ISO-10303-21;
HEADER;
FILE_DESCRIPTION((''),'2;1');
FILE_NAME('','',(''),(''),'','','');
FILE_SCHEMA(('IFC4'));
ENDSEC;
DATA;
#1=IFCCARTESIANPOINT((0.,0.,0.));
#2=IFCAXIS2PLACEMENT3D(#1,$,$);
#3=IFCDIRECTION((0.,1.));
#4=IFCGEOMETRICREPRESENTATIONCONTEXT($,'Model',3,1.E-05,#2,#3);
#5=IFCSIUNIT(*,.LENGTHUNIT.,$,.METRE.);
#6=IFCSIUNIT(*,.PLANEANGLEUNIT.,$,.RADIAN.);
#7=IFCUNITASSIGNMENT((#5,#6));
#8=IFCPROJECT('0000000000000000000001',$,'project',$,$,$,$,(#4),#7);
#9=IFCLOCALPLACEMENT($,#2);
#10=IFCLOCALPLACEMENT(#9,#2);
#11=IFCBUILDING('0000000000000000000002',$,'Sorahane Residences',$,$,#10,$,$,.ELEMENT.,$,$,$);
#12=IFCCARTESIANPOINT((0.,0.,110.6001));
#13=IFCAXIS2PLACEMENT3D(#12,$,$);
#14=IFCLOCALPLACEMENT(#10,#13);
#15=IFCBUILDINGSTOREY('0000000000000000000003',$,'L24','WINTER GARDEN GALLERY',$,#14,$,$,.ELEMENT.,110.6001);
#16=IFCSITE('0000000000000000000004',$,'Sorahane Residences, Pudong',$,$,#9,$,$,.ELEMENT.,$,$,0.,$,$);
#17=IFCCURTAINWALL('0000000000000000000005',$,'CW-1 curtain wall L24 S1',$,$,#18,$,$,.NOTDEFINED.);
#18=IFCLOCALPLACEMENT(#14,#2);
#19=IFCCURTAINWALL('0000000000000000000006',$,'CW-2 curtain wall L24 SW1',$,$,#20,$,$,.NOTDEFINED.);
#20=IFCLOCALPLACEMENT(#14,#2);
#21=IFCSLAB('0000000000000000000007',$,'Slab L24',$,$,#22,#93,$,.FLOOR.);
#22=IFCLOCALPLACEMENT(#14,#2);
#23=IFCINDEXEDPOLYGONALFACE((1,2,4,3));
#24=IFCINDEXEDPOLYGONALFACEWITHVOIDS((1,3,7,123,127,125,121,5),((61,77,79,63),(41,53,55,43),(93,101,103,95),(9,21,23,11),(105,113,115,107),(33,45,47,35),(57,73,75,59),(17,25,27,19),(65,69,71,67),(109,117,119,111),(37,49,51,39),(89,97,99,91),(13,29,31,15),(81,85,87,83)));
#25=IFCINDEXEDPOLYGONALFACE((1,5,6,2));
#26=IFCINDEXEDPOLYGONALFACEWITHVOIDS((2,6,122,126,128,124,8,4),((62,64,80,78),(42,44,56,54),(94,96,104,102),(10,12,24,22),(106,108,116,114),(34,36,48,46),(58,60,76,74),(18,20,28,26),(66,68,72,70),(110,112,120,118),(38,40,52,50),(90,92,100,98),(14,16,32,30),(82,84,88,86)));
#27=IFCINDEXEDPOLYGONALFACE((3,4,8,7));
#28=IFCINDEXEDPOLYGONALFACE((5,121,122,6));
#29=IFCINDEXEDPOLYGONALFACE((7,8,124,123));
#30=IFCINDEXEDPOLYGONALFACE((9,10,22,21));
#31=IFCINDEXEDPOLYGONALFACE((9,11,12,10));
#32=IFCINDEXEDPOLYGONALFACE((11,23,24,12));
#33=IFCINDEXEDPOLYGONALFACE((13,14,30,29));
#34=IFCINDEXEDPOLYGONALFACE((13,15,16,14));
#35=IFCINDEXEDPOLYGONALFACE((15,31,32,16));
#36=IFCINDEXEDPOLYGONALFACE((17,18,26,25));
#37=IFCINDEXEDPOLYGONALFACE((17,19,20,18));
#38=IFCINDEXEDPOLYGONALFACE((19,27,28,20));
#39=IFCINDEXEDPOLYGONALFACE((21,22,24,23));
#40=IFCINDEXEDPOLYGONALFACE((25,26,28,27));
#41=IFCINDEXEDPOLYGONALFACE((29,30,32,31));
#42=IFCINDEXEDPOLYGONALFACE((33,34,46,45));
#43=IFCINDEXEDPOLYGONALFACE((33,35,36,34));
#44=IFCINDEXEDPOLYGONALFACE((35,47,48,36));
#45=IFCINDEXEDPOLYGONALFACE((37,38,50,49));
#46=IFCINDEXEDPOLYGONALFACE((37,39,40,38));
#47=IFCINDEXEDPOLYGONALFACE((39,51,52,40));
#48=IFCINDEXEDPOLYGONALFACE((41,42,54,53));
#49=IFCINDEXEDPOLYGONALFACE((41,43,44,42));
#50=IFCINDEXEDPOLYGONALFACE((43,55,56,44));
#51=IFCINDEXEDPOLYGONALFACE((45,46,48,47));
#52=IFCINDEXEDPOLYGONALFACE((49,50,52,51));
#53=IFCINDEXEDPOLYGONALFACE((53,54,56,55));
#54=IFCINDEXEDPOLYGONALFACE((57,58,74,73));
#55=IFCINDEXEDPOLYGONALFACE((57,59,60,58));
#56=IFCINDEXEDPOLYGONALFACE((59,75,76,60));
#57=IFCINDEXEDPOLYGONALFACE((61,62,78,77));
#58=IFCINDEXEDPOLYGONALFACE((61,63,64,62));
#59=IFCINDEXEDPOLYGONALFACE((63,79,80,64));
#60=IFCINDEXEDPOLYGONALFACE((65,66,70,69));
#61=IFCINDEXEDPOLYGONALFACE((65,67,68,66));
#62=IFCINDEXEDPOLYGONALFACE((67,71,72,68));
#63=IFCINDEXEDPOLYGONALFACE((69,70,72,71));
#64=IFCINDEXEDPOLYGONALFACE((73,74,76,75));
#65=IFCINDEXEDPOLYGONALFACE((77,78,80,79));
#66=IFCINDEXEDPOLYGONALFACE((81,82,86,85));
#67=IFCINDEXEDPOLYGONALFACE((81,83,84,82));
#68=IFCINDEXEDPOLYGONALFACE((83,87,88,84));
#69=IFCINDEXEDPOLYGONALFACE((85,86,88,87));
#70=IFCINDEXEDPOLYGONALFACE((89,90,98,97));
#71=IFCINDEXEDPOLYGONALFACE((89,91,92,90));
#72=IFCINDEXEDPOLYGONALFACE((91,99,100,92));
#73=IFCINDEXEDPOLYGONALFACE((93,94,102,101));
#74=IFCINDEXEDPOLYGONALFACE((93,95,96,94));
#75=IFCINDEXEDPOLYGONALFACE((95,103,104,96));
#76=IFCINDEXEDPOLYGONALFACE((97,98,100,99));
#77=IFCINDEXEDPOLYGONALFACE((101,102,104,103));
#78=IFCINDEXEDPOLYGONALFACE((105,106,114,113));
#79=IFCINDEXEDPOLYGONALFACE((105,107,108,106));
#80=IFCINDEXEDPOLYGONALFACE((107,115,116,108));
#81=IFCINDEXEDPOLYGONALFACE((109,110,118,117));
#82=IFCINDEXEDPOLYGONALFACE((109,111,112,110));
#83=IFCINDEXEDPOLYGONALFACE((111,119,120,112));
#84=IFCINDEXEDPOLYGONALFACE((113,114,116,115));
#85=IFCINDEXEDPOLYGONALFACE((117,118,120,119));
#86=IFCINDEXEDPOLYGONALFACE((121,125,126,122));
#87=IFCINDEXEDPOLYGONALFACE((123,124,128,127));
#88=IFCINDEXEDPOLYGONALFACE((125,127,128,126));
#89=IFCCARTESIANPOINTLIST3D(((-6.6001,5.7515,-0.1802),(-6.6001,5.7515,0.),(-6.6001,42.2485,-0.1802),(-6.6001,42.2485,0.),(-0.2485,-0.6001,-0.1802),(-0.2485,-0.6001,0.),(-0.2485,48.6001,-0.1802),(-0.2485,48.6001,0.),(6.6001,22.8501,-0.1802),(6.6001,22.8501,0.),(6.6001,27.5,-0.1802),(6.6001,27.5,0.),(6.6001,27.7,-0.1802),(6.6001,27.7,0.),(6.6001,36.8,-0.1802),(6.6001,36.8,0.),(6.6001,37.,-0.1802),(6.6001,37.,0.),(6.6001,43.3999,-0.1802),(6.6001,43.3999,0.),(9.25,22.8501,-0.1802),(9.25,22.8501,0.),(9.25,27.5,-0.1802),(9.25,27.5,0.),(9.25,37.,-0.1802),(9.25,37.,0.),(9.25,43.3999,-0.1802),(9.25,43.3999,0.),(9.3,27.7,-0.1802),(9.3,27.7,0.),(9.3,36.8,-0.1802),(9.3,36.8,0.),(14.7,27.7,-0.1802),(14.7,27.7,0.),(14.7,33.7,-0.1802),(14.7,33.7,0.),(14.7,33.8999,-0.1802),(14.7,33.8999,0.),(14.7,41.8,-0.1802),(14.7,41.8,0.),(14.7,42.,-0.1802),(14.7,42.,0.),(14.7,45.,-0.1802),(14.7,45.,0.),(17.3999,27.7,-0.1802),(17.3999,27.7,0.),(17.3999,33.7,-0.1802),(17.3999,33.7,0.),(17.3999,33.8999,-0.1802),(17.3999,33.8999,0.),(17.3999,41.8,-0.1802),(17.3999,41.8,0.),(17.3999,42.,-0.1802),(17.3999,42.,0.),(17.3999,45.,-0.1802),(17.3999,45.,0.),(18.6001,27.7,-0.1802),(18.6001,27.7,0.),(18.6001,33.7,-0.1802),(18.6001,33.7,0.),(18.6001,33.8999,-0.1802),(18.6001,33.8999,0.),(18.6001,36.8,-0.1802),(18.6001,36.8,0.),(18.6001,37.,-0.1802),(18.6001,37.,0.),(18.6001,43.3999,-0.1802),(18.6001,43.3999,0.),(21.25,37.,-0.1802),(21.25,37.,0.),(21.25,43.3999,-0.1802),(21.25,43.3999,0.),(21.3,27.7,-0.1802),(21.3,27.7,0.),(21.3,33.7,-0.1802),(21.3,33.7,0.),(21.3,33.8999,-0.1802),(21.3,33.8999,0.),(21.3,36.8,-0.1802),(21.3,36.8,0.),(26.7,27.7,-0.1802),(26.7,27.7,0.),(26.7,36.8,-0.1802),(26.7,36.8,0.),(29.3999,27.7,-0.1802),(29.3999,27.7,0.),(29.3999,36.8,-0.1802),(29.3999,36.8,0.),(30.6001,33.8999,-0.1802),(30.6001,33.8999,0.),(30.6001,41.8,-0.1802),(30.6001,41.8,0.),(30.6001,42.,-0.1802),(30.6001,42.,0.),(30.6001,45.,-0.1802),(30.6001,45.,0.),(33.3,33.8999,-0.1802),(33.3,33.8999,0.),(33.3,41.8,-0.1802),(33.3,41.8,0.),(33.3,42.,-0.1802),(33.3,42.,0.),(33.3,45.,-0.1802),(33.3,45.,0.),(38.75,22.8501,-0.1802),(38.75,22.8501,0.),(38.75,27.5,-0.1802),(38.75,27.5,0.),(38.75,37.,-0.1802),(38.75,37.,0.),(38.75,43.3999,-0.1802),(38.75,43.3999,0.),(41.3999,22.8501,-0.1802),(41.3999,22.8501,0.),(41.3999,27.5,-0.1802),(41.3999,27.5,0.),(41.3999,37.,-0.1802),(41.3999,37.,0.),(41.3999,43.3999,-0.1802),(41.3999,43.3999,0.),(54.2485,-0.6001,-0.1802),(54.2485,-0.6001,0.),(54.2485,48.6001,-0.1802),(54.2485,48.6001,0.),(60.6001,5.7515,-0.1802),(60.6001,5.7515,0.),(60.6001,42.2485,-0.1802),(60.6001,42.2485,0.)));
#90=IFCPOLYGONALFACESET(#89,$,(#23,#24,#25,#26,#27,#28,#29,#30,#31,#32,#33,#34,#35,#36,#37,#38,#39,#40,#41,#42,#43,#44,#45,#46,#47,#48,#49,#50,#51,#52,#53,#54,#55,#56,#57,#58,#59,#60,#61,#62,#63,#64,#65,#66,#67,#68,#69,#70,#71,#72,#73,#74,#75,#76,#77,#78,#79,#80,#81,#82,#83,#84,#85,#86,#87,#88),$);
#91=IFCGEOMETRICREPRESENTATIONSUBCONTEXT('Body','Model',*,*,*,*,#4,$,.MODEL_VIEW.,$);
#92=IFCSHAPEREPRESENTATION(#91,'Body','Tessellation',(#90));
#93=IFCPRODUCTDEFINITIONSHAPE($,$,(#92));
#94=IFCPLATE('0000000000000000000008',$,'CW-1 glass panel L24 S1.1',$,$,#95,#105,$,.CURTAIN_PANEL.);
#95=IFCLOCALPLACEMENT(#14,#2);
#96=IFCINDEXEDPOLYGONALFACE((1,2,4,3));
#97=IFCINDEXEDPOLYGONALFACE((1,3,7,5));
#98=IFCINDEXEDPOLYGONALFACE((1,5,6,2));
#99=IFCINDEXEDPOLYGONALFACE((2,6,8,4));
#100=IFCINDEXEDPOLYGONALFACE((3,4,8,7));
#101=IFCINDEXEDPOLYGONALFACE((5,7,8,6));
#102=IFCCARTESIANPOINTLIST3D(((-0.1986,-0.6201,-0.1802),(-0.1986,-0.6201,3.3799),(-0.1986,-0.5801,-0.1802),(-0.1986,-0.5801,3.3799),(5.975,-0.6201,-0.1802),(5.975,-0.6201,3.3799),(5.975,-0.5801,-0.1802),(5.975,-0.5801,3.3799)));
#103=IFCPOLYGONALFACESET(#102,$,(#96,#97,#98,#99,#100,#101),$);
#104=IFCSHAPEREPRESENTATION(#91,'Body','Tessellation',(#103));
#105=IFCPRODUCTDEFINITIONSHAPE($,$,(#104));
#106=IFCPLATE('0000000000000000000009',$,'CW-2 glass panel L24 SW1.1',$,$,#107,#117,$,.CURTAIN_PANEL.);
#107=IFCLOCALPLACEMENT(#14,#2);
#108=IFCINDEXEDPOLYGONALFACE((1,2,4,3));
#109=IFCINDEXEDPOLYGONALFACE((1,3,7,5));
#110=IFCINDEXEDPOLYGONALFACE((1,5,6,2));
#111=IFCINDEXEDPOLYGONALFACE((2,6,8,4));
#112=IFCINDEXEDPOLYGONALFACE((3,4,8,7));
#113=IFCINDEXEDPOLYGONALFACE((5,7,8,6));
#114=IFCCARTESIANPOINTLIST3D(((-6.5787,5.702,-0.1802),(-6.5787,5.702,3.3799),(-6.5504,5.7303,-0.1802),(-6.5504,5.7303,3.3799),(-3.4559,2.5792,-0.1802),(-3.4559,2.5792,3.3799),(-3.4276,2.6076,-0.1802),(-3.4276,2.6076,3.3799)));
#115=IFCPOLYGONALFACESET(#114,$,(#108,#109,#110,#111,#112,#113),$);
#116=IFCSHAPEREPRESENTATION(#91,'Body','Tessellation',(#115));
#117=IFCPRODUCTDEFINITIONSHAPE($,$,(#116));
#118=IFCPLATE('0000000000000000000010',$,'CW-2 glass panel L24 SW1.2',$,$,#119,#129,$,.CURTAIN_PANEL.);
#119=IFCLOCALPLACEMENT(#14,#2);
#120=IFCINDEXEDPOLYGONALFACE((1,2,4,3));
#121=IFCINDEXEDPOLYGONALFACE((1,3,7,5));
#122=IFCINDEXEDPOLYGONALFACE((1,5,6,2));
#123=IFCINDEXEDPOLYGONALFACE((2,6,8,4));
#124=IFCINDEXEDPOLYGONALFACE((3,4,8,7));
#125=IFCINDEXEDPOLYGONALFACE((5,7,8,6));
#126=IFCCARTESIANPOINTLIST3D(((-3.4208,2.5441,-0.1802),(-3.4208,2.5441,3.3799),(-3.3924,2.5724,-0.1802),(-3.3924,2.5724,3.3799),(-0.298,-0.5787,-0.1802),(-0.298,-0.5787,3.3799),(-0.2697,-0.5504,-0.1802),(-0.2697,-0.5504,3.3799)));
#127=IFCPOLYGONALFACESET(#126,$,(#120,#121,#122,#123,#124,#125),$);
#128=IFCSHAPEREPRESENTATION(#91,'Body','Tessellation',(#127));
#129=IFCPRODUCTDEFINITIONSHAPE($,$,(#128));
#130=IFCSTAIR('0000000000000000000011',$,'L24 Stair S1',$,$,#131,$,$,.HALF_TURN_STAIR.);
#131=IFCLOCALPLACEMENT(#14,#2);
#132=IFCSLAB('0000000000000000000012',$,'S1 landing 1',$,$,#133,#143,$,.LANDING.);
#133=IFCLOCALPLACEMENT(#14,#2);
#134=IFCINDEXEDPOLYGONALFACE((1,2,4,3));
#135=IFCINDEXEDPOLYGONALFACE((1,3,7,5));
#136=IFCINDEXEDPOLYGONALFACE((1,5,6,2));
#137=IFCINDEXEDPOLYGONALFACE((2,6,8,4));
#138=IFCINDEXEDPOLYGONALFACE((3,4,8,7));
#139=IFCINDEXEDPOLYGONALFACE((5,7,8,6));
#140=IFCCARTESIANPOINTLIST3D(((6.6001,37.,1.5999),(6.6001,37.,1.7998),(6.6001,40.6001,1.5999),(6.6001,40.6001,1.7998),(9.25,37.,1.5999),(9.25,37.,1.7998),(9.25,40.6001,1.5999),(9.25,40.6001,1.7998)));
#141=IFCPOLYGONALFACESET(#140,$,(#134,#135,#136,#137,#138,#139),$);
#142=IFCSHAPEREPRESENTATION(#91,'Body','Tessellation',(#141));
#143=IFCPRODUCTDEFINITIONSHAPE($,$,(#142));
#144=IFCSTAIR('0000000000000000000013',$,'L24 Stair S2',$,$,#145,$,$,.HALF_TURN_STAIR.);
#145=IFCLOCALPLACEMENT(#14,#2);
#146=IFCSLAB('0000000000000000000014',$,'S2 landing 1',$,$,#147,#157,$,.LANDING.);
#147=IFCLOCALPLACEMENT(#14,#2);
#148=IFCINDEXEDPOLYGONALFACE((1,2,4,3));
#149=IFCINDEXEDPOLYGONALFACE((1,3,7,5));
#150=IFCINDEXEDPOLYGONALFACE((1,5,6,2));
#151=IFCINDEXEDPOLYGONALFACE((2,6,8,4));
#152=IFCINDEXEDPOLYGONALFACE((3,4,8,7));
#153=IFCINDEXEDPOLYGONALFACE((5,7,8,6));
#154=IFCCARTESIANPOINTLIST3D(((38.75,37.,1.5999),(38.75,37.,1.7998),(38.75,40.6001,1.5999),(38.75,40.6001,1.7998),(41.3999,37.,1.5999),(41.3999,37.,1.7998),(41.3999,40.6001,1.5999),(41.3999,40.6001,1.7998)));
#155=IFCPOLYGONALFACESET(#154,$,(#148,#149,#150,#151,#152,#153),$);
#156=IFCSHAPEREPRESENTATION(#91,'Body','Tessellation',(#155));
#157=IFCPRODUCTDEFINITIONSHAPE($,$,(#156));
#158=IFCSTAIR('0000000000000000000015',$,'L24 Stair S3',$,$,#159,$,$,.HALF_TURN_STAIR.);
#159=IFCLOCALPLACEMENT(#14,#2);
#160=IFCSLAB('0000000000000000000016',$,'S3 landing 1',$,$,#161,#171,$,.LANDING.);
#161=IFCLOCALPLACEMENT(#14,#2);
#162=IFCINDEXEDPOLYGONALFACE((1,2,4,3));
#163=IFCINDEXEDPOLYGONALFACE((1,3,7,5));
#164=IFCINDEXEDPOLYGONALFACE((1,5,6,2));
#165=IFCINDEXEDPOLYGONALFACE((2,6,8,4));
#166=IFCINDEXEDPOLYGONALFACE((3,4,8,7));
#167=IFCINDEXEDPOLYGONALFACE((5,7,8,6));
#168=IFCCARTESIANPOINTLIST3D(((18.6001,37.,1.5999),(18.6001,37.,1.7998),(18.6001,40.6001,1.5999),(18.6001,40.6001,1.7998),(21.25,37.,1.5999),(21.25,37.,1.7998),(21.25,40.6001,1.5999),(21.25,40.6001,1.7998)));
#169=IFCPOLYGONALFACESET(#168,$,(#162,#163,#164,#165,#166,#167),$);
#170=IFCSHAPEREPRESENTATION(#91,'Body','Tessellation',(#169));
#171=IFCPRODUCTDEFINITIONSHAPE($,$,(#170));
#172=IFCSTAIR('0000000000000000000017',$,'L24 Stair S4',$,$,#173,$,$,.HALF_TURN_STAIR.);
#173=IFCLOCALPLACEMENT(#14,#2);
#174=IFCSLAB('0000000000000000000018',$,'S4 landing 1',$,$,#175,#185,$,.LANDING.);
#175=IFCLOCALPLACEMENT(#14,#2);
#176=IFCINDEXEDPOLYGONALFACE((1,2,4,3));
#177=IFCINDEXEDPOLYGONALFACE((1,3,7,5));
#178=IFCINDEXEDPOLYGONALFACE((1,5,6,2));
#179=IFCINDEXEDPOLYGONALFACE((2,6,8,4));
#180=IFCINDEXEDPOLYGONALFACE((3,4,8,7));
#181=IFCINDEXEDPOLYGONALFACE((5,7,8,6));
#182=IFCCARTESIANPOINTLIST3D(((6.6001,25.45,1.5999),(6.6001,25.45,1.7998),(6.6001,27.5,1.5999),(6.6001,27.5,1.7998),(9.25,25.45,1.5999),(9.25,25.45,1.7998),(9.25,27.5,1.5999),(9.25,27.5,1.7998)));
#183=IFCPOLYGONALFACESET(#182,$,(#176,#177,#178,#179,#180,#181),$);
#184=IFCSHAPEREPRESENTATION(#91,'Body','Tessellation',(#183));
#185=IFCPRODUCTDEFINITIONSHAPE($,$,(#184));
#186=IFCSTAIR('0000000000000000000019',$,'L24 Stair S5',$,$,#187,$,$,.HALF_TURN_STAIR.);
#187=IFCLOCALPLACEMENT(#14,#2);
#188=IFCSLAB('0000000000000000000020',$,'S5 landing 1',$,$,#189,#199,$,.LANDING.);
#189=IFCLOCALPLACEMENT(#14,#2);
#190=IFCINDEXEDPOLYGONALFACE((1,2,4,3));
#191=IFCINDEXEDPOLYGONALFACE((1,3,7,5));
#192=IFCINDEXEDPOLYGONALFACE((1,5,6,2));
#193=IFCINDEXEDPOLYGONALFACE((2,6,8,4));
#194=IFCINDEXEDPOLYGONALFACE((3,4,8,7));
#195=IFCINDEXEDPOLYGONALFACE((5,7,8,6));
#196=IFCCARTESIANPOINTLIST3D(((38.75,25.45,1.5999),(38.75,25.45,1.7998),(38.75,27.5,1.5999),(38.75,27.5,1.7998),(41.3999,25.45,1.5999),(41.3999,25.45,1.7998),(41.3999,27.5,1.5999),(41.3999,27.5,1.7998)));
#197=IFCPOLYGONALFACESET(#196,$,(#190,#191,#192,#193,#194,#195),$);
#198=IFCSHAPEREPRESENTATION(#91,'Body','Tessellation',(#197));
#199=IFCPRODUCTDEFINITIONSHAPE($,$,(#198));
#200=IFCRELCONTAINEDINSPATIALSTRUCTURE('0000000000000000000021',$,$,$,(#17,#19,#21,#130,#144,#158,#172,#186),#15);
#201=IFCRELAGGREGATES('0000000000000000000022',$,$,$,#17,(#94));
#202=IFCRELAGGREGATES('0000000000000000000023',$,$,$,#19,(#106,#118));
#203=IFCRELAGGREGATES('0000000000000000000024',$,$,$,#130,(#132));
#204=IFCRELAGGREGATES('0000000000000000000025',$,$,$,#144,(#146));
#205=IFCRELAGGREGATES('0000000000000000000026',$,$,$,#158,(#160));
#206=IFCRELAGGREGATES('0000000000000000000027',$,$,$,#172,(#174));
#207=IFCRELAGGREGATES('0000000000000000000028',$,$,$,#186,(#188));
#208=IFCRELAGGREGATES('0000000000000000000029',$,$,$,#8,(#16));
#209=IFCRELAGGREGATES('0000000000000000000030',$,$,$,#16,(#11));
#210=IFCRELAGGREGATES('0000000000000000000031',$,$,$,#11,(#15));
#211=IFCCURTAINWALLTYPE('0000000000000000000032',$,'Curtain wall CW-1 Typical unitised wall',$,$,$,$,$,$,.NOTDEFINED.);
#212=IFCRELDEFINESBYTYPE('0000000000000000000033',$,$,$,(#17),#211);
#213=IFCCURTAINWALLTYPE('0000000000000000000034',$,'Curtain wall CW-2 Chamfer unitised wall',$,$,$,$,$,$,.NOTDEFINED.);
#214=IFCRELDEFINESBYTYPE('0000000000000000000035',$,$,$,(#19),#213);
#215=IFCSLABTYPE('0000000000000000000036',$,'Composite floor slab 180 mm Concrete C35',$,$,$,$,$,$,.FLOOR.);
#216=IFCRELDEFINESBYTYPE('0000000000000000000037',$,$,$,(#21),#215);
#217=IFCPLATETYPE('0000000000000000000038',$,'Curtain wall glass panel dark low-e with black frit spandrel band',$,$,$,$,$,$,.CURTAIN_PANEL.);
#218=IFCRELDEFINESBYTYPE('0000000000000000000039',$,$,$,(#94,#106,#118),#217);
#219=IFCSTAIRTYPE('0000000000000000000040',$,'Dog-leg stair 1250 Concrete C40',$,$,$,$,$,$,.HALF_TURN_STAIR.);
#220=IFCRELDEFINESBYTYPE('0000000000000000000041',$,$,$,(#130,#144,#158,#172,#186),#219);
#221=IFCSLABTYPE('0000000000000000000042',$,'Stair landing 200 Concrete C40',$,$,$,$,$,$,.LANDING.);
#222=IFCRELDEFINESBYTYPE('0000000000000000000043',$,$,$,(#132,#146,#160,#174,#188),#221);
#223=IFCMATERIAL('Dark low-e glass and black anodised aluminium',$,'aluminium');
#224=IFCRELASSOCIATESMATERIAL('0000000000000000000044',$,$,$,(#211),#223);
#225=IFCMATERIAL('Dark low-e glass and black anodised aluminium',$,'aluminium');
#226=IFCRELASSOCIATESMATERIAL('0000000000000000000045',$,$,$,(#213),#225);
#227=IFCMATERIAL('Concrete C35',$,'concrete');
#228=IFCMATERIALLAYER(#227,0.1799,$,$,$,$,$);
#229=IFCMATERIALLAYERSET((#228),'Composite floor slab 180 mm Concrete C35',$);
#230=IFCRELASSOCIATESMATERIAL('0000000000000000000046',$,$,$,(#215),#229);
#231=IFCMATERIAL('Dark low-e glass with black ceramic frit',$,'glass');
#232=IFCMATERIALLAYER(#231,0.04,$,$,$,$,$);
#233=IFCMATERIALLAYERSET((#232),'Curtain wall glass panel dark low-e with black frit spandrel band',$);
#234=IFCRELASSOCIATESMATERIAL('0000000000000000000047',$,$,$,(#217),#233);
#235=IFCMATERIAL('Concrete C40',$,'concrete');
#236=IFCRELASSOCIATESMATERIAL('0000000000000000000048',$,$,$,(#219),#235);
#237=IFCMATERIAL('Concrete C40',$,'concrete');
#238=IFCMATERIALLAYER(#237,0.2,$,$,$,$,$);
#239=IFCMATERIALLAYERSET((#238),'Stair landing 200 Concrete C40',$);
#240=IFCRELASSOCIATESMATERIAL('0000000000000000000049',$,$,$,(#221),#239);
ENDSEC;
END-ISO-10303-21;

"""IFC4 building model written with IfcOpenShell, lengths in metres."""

from ifc_helpers import new_model, si_unit, direction, frame, origin, origin_2d, place, context, subcontext, project, spatial, polyline, rectangle, outline, extrude, material, layer, layer_set, type_object, element, aggregate, save


model = new_model("IFC4")

# Units and contexts
model_context = context("Model", 3, precision=1e-05, world=origin(), true_north=direction((0.0, 1.0)))
body_context = subcontext(model_context, "Body", "Model", "MODEL_VIEW")
ifc_project = project(units=[si_unit("LENGTHUNIT", "METRE"), si_unit("PLANEANGLEUNIT", "RADIAN")], contexts=[model_context])

# Site, building, storey
site_placement = place(None, origin())
site = spatial("IfcSite", under=ifc_project, at=site_placement, Name="Sorahane Residences, Pudong", CompositionType="ELEMENT", RefElevation=0.0)
building_placement = place(site_placement, origin())
building = spatial("IfcBuilding", under=site, at=building_placement, Name="Sorahane Residences", CompositionType="ELEMENT")
storey_placement = place(building_placement, frame((0.0, 0.0, 110.6001)))
storey = spatial("IfcBuildingStorey", under=building, at=storey_placement, Name="L24", Description="WINTER GARDEN GALLERY", CompositionType="ELEMENT", Elevation=110.6001)

# Curtain wall
ifc_material_1 = material(Name="Dark low-e glass and black anodised aluminium", Category="aluminium")
curtain_wall_type_1 = type_object("IfcCurtainWallType", Name="Curtain wall CW-1 Typical unitised wall", PredefinedType="NOTDEFINED", material=ifc_material_1)
curtain_wall_1_placement = place(storey_placement, origin())
curtain_wall_1 = element("IfcCurtainWall", 1, at=curtain_wall_1_placement, inside=storey, type_object=curtain_wall_type_1, Name="CW-1 curtain wall L24 S1", PredefinedType="NOTDEFINED")

# Curtain wall
ifc_material_2 = material(Name="Dark low-e glass and black anodised aluminium", Category="aluminium")
curtain_wall_type_2 = type_object("IfcCurtainWallType", Name="Curtain wall CW-2 Chamfer unitised wall", PredefinedType="NOTDEFINED", material=ifc_material_2)
curtain_wall_2_placement = place(storey_placement, origin())
curtain_wall_2 = element("IfcCurtainWall", 2, at=curtain_wall_2_placement, inside=storey, type_object=curtain_wall_type_2, Name="CW-2 curtain wall L24 SW1", PredefinedType="NOTDEFINED")

# Slab
ifc_material_3 = material(Name="Concrete C35", Category="concrete")
ifc_layer_1 = layer(ifc_material_3, 0.1799)
ifc_layer_set_1 = layer_set([ifc_layer_1], Name="Composite floor slab 180 mm Concrete C35")
slab_type_1 = type_object("IfcSlabType", Name="Composite floor slab 180 mm Concrete C35", PredefinedType="FLOOR", material=ifc_layer_set_1)
slab_1_placement = place(storey_placement, frame((0.0, 0.0, -0.1802)))
element("IfcSlab", 3, at=slab_1_placement, inside=storey, type_object=slab_type_1, Name="Slab L24", PredefinedType="FLOOR", context=body_context, shape_type="SweptSolid", body=[
    extrude(outline(polyline([(-0.2485, -0.6001), (-6.6001, 5.7515), (-6.6001, 42.2485), (-0.2485, 48.6001), (54.2485, 48.6001), (60.6001, 42.2485), (60.6001, 5.7515), (54.2485, -0.6001), (-0.2485, -0.6001)]), holes=[polyline([(18.6001, 27.7), (21.3, 27.7), (21.3, 33.7), (18.6001, 33.7), (18.6001, 27.7)]), polyline([(30.6001, 42.0), (33.3, 42.0), (33.3, 45.0), (30.6001, 45.0), (30.6001, 42.0)]), polyline([(14.7, 27.7), (17.3999, 27.7), (17.3999, 33.7), (14.7, 33.7), (14.7, 27.7)]), polyline([(14.7, 42.0), (17.3999, 42.0), (17.3999, 45.0), (14.7, 45.0), (14.7, 42.0)]), polyline([(6.6001, 27.7), (9.3, 27.7), (9.3, 36.8), (6.6001, 36.8), (6.6001, 27.7)]), polyline([(6.6001, 43.3999), (6.6001, 37.0), (9.25, 37.0), (9.25, 43.3999), (6.6001, 43.3999)]), polyline([(38.75, 43.3999), (38.75, 37.0), (41.3999, 37.0), (41.3999, 43.3999), (38.75, 43.3999)]), polyline([(18.6001, 43.3999), (18.6001, 37.0), (21.25, 37.0), (21.25, 43.3999), (18.6001, 43.3999)]), polyline([(9.25, 22.8501), (9.25, 27.5), (6.6001, 27.5), (6.6001, 22.8501), (9.25, 22.8501)]), polyline([(41.3999, 22.8501), (41.3999, 27.5), (38.75, 27.5), (38.75, 22.8501), (41.3999, 22.8501)]), polyline([(14.7, 33.8999), (17.3999, 33.8999), (17.3999, 41.8), (14.7, 41.8), (14.7, 33.8999)]), polyline([(30.6001, 33.8999), (33.3, 33.8999), (33.3, 41.8), (30.6001, 41.8), (30.6001, 33.8999)]), polyline([(18.6001, 33.8999), (21.3, 33.8999), (21.3, 36.8), (18.6001, 36.8), (18.6001, 33.8999)]), polyline([(26.7, 27.7), (29.3999, 27.7), (29.3999, 36.8), (26.7, 36.8), (26.7, 27.7)])]), origin(), (0.0, 0.0, 1.0), 0.1802),
])

# Plates
ifc_material_4 = material(Name="Dark low-e glass with black ceramic frit", Category="glass")
ifc_layer_2 = layer(ifc_material_4, 0.04)
ifc_layer_set_2 = layer_set([ifc_layer_2], Name="Curtain wall glass panel dark low-e with black frit spandrel band")
plate_type = type_object("IfcPlateType", Name="Curtain wall glass panel dark low-e with black frit spandrel band", PredefinedType="CURTAIN_PANEL", material=ifc_layer_set_2)
plate_1_placement = place(storey_placement, frame((2.8882, -0.6001, -0.1802), z_axis=(0.0, 0.0, 1.0), x_axis=(1.0, 0.0, 0.0)))
plate_1 = element("IfcPlate", 4, at=plate_1_placement, type_object=plate_type, Name="CW-1 glass panel L24 S1.1", PredefinedType="CURTAIN_PANEL", context=body_context, shape_type="SweptSolid", body=[
    extrude(rectangle(XDim=6.1736, YDim=0.04, at=origin_2d()), origin(), (0.0, 0.0, 1.0), 3.5601),
])
aggregate(curtain_wall_1, [plate_1])
plate_2_placement = place(storey_placement, frame((-5.0032, 4.1548, -0.1802), z_axis=(0.0, 0.0, 1.0), x_axis=(0.707107, -0.707107, 0.0)))
plate_2 = element("IfcPlate", 5, at=plate_2_placement, type_object=plate_type, Name="CW-2 glass panel L24 SW1.1", PredefinedType="CURTAIN_PANEL", context=body_context, shape_type="SweptSolid", body=[
    extrude(rectangle(XDim=4.4163, YDim=0.04, at=origin_2d()), origin(), (0.0, 0.0, 1.0), 3.5601),
])
plate_3_placement = place(storey_placement, frame((-1.8452, 0.9968, -0.1802), z_axis=(0.0, 0.0, 1.0), x_axis=(0.707107, -0.707107, 0.0)))
plate_3 = element("IfcPlate", 6, at=plate_3_placement, type_object=plate_type, Name="CW-2 glass panel L24 SW1.2", PredefinedType="CURTAIN_PANEL", context=body_context, shape_type="SweptSolid", body=[
    extrude(rectangle(XDim=4.4163, YDim=0.04, at=origin_2d()), origin(), (0.0, 0.0, 1.0), 3.5601),
])
aggregate(curtain_wall_2, [plate_2, plate_3])

# Stairs, slabs
ifc_material_5 = material(Name="Concrete C40", Category="concrete")
stair_type = type_object("IfcStairType", Name="Dog-leg stair 1250 Concrete C40", PredefinedType="HALF_TURN_STAIR", material=ifc_material_5)
stair_1_placement = place(storey_placement, origin())
stair_1 = element("IfcStair", 7, at=stair_1_placement, inside=storey, type_object=stair_type, Name="L24 Stair S1", PredefinedType="HALF_TURN_STAIR")
ifc_material_6 = material(Name="Concrete C40", Category="concrete")
ifc_layer_3 = layer(ifc_material_6, 0.2)
ifc_layer_set_3 = layer_set([ifc_layer_3], Name="Stair landing 200 Concrete C40")
slab_type_2 = type_object("IfcSlabType", Name="Stair landing 200 Concrete C40", PredefinedType="LANDING", material=ifc_layer_set_3)
slab_2_placement = place(storey_placement, frame((0.0, 0.0, 1.5999)))
slab_2 = element("IfcSlab", 8, at=slab_2_placement, type_object=slab_type_2, Name="S1 landing 1", PredefinedType="LANDING", context=body_context, shape_type="SweptSolid", body=[
    extrude(outline(polyline([(6.6001, 40.6001), (6.6001, 37.0), (9.25, 37.0), (9.25, 40.6001), (6.6001, 40.6001)])), origin(), (0.0, 0.0, 1.0), 0.2),
])
aggregate(stair_1, [slab_2])
stair_2_placement = place(storey_placement, origin())
stair_2 = element("IfcStair", 9, at=stair_2_placement, inside=storey, type_object=stair_type, Name="L24 Stair S2", PredefinedType="HALF_TURN_STAIR")
slab_3_placement = place(storey_placement, frame((0.0, 0.0, 1.5999)))
slab_3 = element("IfcSlab", 10, at=slab_3_placement, type_object=slab_type_2, Name="S2 landing 1", PredefinedType="LANDING", context=body_context, shape_type="SweptSolid", body=[
    extrude(outline(polyline([(38.75, 40.6001), (38.75, 37.0), (41.3999, 37.0), (41.3999, 40.6001), (38.75, 40.6001)])), origin(), (0.0, 0.0, 1.0), 0.2),
])
aggregate(stair_2, [slab_3])
stair_3_placement = place(storey_placement, origin())
stair_3 = element("IfcStair", 11, at=stair_3_placement, inside=storey, type_object=stair_type, Name="L24 Stair S3", PredefinedType="HALF_TURN_STAIR")
slab_4_placement = place(storey_placement, frame((0.0, 0.0, 1.5999)))
slab_4 = element("IfcSlab", 12, at=slab_4_placement, type_object=slab_type_2, Name="S3 landing 1", PredefinedType="LANDING", context=body_context, shape_type="SweptSolid", body=[
    extrude(outline(polyline([(18.6001, 40.6001), (18.6001, 37.0), (21.25, 37.0), (21.25, 40.6001), (18.6001, 40.6001)])), origin(), (0.0, 0.0, 1.0), 0.2),
])
aggregate(stair_3, [slab_4])
stair_4_placement = place(storey_placement, origin())
stair_4 = element("IfcStair", 13, at=stair_4_placement, inside=storey, type_object=stair_type, Name="L24 Stair S4", PredefinedType="HALF_TURN_STAIR")
slab_5_placement = place(storey_placement, frame((0.0, 0.0, 1.5999)))
slab_5 = element("IfcSlab", 14, at=slab_5_placement, type_object=slab_type_2, Name="S4 landing 1", PredefinedType="LANDING", context=body_context, shape_type="SweptSolid", body=[
    extrude(outline(polyline([(9.25, 25.45), (9.25, 27.5), (6.6001, 27.5), (6.6001, 25.45), (9.25, 25.45)])), origin(), (0.0, 0.0, 1.0), 0.2),
])
aggregate(stair_4, [slab_5])
stair_5_placement = place(storey_placement, origin())
stair_5 = element("IfcStair", 15, at=stair_5_placement, inside=storey, type_object=stair_type, Name="L24 Stair S5", PredefinedType="HALF_TURN_STAIR")
slab_6_placement = place(storey_placement, frame((0.0, 0.0, 1.5999)))
slab_6 = element("IfcSlab", 16, at=slab_6_placement, type_object=slab_type_2, Name="S5 landing 1", PredefinedType="LANDING", context=body_context, shape_type="SweptSolid", body=[
    extrude(outline(polyline([(41.3999, 25.45), (41.3999, 27.5), (38.75, 27.5), (38.75, 25.45), (41.3999, 25.45)])), origin(), (0.0, 0.0, 1.0), 0.2),
])
aggregate(stair_5, [slab_6])

save(model, "model.ifc")
